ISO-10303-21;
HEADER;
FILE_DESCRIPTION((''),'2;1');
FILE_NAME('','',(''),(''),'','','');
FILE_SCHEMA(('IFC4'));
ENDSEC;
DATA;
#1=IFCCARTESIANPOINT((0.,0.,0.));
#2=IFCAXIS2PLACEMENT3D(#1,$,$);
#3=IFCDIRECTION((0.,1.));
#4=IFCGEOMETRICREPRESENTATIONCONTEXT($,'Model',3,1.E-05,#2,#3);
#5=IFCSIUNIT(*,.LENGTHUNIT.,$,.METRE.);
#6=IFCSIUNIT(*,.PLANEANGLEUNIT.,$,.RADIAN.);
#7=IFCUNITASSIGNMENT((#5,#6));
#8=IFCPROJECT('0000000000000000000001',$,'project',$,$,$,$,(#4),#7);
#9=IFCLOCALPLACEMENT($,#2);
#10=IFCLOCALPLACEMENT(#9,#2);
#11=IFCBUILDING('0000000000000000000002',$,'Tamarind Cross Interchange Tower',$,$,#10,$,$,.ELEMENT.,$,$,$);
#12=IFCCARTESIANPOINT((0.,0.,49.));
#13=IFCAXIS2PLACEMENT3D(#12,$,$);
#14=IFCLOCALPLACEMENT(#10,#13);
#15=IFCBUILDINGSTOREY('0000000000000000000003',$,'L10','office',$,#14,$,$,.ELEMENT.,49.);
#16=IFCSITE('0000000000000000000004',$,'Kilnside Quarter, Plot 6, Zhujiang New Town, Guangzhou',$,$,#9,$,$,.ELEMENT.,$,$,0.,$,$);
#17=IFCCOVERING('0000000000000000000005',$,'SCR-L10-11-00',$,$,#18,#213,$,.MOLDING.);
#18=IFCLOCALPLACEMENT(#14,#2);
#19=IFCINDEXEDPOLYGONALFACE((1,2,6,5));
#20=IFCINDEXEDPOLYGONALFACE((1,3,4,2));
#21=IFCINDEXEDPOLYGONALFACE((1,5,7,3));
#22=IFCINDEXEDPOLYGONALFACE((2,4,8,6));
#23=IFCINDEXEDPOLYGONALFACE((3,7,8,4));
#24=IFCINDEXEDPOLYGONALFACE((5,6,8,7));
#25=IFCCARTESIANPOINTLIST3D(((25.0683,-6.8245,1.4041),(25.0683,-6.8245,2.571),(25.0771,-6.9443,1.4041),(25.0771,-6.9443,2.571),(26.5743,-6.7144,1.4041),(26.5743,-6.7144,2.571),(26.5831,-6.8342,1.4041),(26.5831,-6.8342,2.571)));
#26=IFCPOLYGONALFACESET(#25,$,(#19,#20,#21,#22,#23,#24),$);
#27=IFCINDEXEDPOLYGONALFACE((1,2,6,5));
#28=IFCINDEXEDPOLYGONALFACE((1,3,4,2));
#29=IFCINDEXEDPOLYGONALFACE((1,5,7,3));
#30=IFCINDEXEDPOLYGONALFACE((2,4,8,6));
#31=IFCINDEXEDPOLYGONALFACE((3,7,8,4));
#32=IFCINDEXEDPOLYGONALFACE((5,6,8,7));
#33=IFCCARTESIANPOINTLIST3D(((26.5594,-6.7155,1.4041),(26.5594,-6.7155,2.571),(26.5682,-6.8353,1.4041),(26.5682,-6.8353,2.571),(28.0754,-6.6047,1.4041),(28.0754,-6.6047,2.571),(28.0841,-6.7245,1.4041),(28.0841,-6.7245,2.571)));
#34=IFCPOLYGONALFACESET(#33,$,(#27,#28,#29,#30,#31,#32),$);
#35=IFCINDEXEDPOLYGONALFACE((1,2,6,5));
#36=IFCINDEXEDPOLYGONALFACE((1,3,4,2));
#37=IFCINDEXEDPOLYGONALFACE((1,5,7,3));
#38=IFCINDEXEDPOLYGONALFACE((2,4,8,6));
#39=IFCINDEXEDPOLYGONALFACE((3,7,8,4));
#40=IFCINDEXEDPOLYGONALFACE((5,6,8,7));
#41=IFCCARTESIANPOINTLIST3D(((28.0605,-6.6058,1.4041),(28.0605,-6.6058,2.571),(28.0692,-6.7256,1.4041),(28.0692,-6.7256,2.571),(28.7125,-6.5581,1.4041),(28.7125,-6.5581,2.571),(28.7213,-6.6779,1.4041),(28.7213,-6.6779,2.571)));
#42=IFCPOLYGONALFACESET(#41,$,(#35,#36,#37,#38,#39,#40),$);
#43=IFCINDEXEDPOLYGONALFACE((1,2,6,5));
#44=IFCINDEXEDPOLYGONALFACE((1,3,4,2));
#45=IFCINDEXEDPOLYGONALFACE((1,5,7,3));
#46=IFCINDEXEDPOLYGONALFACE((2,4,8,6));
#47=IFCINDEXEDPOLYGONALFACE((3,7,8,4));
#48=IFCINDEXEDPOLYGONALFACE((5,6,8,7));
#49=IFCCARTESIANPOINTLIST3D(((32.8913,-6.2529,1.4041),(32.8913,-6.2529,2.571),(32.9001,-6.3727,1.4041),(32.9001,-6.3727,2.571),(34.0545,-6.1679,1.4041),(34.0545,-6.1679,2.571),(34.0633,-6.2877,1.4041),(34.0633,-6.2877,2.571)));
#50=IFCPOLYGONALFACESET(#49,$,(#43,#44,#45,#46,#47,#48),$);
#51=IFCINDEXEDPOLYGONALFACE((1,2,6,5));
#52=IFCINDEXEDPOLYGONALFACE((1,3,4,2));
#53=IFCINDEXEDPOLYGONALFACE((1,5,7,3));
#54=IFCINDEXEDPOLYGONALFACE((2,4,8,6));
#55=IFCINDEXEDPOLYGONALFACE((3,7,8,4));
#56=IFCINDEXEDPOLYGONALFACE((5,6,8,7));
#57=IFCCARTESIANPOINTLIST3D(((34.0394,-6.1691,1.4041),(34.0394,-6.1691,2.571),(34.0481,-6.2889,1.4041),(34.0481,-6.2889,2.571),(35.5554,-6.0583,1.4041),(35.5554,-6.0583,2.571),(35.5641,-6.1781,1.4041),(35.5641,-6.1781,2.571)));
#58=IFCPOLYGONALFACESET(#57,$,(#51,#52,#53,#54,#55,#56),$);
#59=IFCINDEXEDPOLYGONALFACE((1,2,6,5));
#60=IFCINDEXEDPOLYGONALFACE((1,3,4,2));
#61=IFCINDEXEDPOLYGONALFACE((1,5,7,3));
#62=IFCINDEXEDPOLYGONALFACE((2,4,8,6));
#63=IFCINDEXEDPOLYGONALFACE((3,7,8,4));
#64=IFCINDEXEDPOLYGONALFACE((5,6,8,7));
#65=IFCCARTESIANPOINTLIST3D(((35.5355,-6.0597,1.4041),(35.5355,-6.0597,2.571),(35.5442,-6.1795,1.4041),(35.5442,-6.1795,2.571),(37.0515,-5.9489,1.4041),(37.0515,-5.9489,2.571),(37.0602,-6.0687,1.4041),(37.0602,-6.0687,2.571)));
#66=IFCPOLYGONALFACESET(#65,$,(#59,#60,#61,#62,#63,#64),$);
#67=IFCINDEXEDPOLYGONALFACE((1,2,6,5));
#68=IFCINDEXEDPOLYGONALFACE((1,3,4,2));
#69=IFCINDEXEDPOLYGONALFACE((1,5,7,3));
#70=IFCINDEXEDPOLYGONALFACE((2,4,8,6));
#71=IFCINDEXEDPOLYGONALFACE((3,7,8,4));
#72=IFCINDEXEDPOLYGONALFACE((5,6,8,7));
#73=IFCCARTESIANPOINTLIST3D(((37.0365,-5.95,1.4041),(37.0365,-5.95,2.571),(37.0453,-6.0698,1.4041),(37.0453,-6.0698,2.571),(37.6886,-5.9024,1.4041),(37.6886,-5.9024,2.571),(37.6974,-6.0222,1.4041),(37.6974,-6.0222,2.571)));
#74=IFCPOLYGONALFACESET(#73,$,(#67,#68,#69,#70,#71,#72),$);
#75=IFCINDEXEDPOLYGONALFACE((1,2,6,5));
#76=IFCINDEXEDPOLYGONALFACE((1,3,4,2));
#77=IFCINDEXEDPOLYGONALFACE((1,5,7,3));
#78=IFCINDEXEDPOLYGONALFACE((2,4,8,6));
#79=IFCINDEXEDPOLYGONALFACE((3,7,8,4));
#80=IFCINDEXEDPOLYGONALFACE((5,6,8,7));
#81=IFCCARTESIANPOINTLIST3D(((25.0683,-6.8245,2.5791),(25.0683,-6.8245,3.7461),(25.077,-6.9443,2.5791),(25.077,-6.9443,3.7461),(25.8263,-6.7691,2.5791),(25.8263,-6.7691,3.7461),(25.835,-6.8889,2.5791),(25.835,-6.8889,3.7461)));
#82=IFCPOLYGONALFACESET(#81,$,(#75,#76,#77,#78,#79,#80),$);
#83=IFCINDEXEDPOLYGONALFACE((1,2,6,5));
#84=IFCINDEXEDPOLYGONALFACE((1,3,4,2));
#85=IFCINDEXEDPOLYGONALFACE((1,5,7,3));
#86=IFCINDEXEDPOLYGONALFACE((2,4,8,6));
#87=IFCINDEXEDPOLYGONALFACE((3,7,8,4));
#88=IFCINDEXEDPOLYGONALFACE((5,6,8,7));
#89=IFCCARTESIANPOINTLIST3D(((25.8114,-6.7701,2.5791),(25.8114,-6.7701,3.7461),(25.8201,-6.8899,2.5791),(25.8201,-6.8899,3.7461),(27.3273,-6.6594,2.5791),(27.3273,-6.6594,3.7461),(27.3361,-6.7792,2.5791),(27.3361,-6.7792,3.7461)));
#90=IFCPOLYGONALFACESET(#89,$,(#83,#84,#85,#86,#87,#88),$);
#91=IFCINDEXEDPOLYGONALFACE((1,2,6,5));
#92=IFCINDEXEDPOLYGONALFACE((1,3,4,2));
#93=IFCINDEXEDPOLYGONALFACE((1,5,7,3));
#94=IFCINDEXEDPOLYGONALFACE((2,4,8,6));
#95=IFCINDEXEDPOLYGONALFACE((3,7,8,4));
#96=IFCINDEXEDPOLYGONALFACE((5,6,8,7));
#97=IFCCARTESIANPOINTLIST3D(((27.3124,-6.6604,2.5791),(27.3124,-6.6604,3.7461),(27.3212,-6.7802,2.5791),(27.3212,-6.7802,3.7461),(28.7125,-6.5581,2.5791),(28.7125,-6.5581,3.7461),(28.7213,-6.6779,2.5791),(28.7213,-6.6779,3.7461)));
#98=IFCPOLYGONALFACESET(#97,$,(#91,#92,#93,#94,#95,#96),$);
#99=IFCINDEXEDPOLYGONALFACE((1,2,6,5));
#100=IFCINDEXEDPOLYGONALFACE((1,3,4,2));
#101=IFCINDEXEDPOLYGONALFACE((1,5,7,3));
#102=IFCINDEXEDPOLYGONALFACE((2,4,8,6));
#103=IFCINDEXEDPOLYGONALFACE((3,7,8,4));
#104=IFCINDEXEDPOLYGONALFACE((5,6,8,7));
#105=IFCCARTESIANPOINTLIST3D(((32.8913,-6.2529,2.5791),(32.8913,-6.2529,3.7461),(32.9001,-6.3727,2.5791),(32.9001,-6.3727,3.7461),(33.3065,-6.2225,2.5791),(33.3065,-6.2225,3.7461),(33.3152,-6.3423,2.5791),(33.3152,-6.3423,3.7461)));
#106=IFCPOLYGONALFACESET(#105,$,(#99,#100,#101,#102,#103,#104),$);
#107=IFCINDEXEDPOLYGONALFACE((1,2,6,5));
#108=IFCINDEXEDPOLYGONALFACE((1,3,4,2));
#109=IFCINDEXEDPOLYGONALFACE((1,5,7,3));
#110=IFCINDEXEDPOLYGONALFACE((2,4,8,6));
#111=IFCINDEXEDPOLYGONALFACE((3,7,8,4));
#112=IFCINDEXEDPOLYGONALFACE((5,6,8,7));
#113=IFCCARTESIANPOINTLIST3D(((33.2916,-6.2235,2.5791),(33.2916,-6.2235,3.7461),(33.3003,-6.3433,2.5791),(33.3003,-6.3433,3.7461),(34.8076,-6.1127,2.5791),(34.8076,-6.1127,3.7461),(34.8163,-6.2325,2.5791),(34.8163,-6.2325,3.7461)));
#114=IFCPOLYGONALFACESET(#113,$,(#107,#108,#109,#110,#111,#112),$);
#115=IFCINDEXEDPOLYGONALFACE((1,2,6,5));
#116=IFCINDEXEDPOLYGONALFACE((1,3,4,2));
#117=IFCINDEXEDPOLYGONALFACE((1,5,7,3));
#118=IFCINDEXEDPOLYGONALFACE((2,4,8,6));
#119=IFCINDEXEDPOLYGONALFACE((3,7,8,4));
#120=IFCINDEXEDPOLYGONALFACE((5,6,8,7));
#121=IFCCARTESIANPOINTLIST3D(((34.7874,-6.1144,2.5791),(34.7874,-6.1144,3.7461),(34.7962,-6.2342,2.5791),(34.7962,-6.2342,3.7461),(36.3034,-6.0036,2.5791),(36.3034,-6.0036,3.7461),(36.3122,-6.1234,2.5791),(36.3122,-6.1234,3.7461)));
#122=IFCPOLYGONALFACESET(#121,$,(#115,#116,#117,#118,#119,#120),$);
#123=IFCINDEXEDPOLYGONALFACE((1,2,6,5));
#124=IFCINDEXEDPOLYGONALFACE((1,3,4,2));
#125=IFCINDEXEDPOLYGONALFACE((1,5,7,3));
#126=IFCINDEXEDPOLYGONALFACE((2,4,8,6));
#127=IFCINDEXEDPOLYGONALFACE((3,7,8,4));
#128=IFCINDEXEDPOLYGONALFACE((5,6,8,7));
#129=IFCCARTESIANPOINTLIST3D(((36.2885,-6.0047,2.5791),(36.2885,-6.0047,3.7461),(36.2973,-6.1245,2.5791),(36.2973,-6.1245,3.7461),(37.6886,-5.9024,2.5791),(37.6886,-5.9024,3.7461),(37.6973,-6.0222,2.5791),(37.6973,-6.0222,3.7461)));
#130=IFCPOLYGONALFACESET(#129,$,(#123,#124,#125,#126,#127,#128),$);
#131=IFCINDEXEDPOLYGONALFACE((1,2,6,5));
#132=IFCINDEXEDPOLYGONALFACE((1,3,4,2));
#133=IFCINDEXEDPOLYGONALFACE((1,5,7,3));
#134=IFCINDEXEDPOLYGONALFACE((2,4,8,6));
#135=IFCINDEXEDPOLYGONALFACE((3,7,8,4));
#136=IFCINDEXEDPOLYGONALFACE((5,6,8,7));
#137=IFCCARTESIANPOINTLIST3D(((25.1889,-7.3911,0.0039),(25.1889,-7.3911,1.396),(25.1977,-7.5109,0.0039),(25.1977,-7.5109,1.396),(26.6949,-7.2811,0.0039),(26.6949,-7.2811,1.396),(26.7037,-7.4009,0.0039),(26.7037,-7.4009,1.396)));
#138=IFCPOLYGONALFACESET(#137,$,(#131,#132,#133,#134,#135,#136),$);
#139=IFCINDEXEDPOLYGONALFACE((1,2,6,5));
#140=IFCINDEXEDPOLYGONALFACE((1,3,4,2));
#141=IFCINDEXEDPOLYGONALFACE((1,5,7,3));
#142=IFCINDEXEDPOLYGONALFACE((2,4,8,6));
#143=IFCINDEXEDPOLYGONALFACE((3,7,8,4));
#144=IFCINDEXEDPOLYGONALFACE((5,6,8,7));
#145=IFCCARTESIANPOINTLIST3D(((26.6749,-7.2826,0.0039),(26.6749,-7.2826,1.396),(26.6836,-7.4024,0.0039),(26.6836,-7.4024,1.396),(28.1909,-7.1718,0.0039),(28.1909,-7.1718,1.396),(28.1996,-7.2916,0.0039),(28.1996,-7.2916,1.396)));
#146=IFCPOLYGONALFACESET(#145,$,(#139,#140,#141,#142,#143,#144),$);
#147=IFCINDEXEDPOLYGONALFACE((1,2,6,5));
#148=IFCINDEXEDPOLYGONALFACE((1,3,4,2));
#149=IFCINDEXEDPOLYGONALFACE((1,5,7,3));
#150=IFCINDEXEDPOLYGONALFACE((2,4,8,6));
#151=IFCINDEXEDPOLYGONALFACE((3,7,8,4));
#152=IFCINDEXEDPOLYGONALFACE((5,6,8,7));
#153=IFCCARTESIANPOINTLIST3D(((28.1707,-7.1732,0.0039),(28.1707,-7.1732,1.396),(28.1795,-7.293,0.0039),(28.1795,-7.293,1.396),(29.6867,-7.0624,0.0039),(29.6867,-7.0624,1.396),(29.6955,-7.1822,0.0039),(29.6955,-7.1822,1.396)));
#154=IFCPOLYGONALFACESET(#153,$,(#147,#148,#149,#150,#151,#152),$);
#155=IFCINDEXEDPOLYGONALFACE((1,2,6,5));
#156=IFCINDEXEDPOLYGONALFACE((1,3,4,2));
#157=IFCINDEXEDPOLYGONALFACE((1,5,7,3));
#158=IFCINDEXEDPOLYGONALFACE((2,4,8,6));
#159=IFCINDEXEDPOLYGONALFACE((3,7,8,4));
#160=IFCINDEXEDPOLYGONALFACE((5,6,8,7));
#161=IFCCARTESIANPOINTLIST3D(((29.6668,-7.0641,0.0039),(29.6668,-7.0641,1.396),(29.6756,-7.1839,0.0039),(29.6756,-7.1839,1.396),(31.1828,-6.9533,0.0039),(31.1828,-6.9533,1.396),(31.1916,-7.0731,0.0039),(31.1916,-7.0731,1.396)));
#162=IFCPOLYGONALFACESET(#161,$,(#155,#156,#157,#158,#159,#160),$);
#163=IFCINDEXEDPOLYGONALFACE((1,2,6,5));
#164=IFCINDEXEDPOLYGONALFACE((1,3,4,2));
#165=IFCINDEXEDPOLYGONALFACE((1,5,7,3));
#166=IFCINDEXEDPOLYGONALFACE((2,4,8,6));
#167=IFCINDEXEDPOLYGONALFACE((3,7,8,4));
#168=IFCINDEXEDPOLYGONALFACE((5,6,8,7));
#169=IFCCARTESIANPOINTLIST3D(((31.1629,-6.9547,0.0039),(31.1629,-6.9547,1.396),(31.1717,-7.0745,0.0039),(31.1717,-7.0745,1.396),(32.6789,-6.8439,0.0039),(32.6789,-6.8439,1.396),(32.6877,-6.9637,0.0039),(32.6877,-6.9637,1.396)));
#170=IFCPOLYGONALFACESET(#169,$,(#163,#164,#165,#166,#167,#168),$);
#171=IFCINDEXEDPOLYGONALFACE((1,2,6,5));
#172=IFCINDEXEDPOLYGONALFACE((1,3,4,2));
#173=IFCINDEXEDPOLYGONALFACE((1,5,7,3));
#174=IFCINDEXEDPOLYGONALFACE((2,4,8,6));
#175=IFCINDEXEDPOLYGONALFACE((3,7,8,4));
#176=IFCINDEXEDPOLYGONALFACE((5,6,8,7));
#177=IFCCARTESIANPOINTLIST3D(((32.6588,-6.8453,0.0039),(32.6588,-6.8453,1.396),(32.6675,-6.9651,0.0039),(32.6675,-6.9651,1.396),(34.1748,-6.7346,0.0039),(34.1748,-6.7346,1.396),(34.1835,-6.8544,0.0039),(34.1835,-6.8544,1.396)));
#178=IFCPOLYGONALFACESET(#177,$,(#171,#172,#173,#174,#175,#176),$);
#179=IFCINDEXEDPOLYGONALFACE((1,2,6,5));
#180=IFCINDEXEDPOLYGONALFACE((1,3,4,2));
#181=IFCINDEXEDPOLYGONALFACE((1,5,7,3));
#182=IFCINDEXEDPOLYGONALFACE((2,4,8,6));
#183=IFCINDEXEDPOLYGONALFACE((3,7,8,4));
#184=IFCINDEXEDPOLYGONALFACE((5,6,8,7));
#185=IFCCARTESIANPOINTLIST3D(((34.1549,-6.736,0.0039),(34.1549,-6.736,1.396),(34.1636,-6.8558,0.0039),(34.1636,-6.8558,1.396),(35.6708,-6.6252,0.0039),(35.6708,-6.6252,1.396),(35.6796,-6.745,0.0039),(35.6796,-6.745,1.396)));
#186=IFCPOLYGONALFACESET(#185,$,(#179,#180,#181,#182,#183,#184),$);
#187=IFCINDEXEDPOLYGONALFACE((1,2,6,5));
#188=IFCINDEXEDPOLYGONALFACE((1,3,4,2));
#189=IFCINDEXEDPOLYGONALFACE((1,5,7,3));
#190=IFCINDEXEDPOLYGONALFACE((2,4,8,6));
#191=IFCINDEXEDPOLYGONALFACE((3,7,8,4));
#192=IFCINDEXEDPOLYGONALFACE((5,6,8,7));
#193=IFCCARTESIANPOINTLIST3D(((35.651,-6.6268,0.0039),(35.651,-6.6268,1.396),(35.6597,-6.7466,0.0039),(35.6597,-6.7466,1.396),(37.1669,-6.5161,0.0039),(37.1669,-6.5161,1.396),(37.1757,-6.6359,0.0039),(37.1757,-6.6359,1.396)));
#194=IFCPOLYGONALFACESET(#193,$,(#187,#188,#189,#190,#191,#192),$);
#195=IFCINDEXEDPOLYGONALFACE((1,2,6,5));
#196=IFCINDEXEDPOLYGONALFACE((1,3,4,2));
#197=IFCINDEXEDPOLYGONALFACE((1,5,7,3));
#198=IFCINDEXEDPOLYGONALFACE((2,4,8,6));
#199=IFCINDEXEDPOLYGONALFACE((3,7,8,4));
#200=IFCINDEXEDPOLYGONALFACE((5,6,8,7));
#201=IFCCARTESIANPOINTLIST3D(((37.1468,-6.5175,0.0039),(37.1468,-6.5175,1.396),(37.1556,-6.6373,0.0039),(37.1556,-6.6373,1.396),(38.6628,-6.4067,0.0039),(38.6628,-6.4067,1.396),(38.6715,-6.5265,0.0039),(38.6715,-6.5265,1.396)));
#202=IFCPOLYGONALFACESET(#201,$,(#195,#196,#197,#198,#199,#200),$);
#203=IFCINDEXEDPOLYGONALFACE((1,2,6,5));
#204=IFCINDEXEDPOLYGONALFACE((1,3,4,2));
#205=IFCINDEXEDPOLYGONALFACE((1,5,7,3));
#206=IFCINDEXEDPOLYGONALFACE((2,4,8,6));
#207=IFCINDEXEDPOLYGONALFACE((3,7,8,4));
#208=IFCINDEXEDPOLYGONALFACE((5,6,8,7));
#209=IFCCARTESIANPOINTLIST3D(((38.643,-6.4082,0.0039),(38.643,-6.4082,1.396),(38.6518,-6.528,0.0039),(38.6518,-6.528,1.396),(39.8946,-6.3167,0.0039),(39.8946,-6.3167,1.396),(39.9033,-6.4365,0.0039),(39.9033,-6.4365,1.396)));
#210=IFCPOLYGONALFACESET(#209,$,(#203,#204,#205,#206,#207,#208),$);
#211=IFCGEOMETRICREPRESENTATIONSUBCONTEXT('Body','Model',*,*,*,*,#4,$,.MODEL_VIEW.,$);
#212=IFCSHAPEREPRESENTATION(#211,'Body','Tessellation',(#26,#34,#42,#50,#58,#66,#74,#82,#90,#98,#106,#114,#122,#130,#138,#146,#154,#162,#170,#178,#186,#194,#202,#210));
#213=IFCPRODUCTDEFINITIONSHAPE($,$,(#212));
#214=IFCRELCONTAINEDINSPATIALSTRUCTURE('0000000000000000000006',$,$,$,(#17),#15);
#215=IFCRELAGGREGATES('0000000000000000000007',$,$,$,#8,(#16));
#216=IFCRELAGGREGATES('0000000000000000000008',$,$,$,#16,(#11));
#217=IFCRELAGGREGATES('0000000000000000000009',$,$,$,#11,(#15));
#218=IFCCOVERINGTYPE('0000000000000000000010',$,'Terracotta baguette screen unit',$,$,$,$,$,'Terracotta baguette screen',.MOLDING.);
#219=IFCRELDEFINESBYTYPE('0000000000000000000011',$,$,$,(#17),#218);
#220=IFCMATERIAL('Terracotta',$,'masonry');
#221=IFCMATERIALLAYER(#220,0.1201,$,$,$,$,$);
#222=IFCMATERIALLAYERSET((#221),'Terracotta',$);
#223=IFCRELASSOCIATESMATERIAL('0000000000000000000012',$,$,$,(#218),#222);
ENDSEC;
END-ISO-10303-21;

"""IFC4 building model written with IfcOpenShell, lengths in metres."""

from ifc_helpers import new_model, si_unit, direction, frame, origin, origin_2d, place, context, subcontext, project, spatial, rectangle, extrude, material, layer, layer_set, type_object, element, save


model = new_model("IFC4")

# Units and contexts
model_context = context("Model", 3, precision=1e-05, world=origin(), true_north=direction((0.0, 1.0)))
body_context = subcontext(model_context, "Body", "Model", "MODEL_VIEW")
ifc_project = project(units=[si_unit("LENGTHUNIT", "METRE"), si_unit("PLANEANGLEUNIT", "RADIAN")], contexts=[model_context])

# Site, building, storey
site_placement = place(None, origin())
site = spatial("IfcSite", under=ifc_project, at=site_placement, Name="Kilnside Quarter, Plot 6, Zhujiang New Town, Guangzhou", CompositionType="ELEMENT", RefElevation=0.0)
building_placement = place(site_placement, origin())
building = spatial("IfcBuilding", under=site, at=building_placement, Name="Tamarind Cross Interchange Tower", CompositionType="ELEMENT")
storey_placement = place(building_placement, frame((0.0, 0.0, 49.0)))
storey = spatial("IfcBuildingStorey", under=building, at=storey_placement, Name="L10", Description="office", CompositionType="ELEMENT", Elevation=49.0)

# Covering
ifc_material_1 = material(Name="Terracotta", Category="masonry")
ifc_layer_1 = layer(ifc_material_1, 0.1201)
ifc_layer_set_1 = layer_set([ifc_layer_1], Name="Terracotta")
covering_type = type_object("IfcCoveringType", Name="Terracotta baguette screen unit", ElementType="Terracotta baguette screen", PredefinedType="MOLDING", material=ifc_layer_set_1)
covering_1_placement = place(storey_placement, origin())
element("IfcCovering", 1, at=covering_1_placement, inside=storey, type_object=covering_type, Name="SCR-L10-11-00", PredefinedType="MOLDING", context=body_context, shape_type="SweptSolid", body=[
    extrude(rectangle(XDim=1.51, YDim=0.1201, at=origin_2d()), frame((25.8257, -6.8293, 1.4041), z_axis=(0.0, 0.0, 1.0), x_axis=(0.997341, 0.072876, 0.0)), (0.0, 0.0, 1.0), 1.167),
    extrude(rectangle(XDim=1.52, YDim=0.1201, at=origin_2d()), frame((27.3218, -6.72, 1.4041), z_axis=(0.0, 0.0, 1.0), x_axis=(0.997341, 0.072876, 0.0)), (0.0, 0.0, 1.0), 1.167),
    extrude(rectangle(XDim=0.6538, YDim=0.1201, at=origin_2d()), frame((28.3909, -6.6418, 1.4041), z_axis=(0.0, 0.0, 1.0), x_axis=(0.997341, 0.072876, 0.0)), (0.0, 0.0, 1.0), 1.167),
    extrude(rectangle(XDim=1.1663, YDim=0.1201, at=origin_2d()), frame((33.4773, -6.2703, 1.4041), z_axis=(0.0, 0.0, 1.0), x_axis=(0.997341, 0.072876, 0.0)), (0.0, 0.0, 1.0), 1.167),
    extrude(rectangle(XDim=1.52, YDim=0.1201, at=origin_2d()), frame((34.8018, -6.1736, 1.4041), z_axis=(0.0, 0.0, 1.0), x_axis=(0.997341, 0.072876, 0.0)), (0.0, 0.0, 1.0), 1.167),
    extrude(rectangle(XDim=1.52, YDim=0.1201, at=origin_2d()), frame((36.2979, -6.0642, 1.4041), z_axis=(0.0, 0.0, 1.0), x_axis=(0.997341, 0.072876, 0.0)), (0.0, 0.0, 1.0), 1.167),
    extrude(rectangle(XDim=0.6538, YDim=0.1201, at=origin_2d()), frame((37.3669, -5.9861, 1.4041), z_axis=(0.0, 0.0, 1.0), x_axis=(0.997341, 0.072876, 0.0)), (0.0, 0.0, 1.0), 1.167),
    extrude(rectangle(XDim=0.76, YDim=0.1201, at=origin_2d()), frame((25.4517, -6.8567, 2.5791), z_axis=(0.0, 0.0, 1.0), x_axis=(0.997341, 0.072876, 0.0)), (0.0, 0.0, 1.0), 1.167),
    extrude(rectangle(XDim=1.52, YDim=0.1201, at=origin_2d()), frame((26.5737, -6.7747, 2.5791), z_axis=(0.0, 0.0, 1.0), x_axis=(0.997341, 0.072876, 0.0)), (0.0, 0.0, 1.0), 1.167),
    extrude(rectangle(XDim=1.4038, YDim=0.1201, at=origin_2d()), frame((28.0168, -6.6692, 2.5791), z_axis=(0.0, 0.0, 1.0), x_axis=(0.997341, 0.072876, 0.0)), (0.0, 0.0, 1.0), 1.167),
    extrude(rectangle(XDim=0.4163, YDim=0.1201, at=origin_2d()), frame((33.1033, -6.2976, 2.5791), z_axis=(0.0, 0.0, 1.0), x_axis=(0.997341, 0.072876, 0.0)), (0.0, 0.0, 1.0), 1.167),
    extrude(rectangle(XDim=1.52, YDim=0.1201, at=origin_2d()), frame((34.054, -6.228, 2.5791), z_axis=(0.0, 0.0, 1.0), x_axis=(0.997341, 0.072876, 0.0)), (0.0, 0.0, 1.0), 1.167),
    extrude(rectangle(XDim=1.52, YDim=0.1201, at=origin_2d()), frame((35.5498, -6.1189, 2.5791), z_axis=(0.0, 0.0, 1.0), x_axis=(0.997341, 0.072876, 0.0)), (0.0, 0.0, 1.0), 1.167),
    extrude(rectangle(XDim=1.4038, YDim=0.1201, at=origin_2d()), frame((36.9929, -6.0134, 2.5791), z_axis=(0.0, 0.0, 1.0), x_axis=(0.997341, 0.072876, 0.0)), (0.0, 0.0, 1.0), 1.167),
    extrude(rectangle(XDim=1.51, YDim=0.1201, at=origin_2d()), frame((25.9463, -7.396, 0.0039), z_axis=(0.0, 0.0, 1.0), x_axis=(0.997341, 0.072876, 0.0)), (0.0, 0.0, 1.0), 1.3921),
    extrude(rectangle(XDim=1.52, YDim=0.1201, at=origin_2d()), frame((27.4373, -7.2871, 0.0039), z_axis=(0.0, 0.0, 1.0), x_axis=(0.997341, 0.072876, 0.0)), (0.0, 0.0, 1.0), 1.3921),
    extrude(rectangle(XDim=1.52, YDim=0.1201, at=origin_2d()), frame((28.9331, -7.1777, 0.0039), z_axis=(0.0, 0.0, 1.0), x_axis=(0.997341, 0.072876, 0.0)), (0.0, 0.0, 1.0), 1.3921),
    extrude(rectangle(XDim=1.52, YDim=0.1201, at=origin_2d()), frame((30.4292, -7.0686, 0.0039), z_axis=(0.0, 0.0, 1.0), x_axis=(0.997341, 0.072876, 0.0)), (0.0, 0.0, 1.0), 1.3921),
    extrude(rectangle(XDim=1.52, YDim=0.1201, at=origin_2d()), frame((31.9253, -6.9592, 0.0039), z_axis=(0.0, 0.0, 1.0), x_axis=(0.997341, 0.072876, 0.0)), (0.0, 0.0, 1.0), 1.3921),
    extrude(rectangle(XDim=1.52, YDim=0.1201, at=origin_2d()), frame((33.4211, -6.8499, 0.0039), z_axis=(0.0, 0.0, 1.0), x_axis=(0.997341, 0.072876, 0.0)), (0.0, 0.0, 1.0), 1.3921),
    extrude(rectangle(XDim=1.52, YDim=0.1201, at=origin_2d()), frame((34.9172, -6.7405, 0.0039), z_axis=(0.0, 0.0, 1.0), x_axis=(0.997341, 0.072876, 0.0)), (0.0, 0.0, 1.0), 1.3921),
    extrude(rectangle(XDim=1.52, YDim=0.1201, at=origin_2d()), frame((36.4133, -6.6313, 0.0039), z_axis=(0.0, 0.0, 1.0), x_axis=(0.997341, 0.072876, 0.0)), (0.0, 0.0, 1.0), 1.3921),
    extrude(rectangle(XDim=1.52, YDim=0.1201, at=origin_2d()), frame((37.9092, -6.522, 0.0039), z_axis=(0.0, 0.0, 1.0), x_axis=(0.997341, 0.072876, 0.0)), (0.0, 0.0, 1.0), 1.3921),
    extrude(rectangle(XDim=1.2549, YDim=0.1201, at=origin_2d()), frame((39.2732, -6.4224, 0.0039), z_axis=(0.0, 0.0, 1.0), x_axis=(0.997341, 0.072876, 0.0)), (0.0, 0.0, 1.0), 1.3921),
])

save(model, "model.ifc")
